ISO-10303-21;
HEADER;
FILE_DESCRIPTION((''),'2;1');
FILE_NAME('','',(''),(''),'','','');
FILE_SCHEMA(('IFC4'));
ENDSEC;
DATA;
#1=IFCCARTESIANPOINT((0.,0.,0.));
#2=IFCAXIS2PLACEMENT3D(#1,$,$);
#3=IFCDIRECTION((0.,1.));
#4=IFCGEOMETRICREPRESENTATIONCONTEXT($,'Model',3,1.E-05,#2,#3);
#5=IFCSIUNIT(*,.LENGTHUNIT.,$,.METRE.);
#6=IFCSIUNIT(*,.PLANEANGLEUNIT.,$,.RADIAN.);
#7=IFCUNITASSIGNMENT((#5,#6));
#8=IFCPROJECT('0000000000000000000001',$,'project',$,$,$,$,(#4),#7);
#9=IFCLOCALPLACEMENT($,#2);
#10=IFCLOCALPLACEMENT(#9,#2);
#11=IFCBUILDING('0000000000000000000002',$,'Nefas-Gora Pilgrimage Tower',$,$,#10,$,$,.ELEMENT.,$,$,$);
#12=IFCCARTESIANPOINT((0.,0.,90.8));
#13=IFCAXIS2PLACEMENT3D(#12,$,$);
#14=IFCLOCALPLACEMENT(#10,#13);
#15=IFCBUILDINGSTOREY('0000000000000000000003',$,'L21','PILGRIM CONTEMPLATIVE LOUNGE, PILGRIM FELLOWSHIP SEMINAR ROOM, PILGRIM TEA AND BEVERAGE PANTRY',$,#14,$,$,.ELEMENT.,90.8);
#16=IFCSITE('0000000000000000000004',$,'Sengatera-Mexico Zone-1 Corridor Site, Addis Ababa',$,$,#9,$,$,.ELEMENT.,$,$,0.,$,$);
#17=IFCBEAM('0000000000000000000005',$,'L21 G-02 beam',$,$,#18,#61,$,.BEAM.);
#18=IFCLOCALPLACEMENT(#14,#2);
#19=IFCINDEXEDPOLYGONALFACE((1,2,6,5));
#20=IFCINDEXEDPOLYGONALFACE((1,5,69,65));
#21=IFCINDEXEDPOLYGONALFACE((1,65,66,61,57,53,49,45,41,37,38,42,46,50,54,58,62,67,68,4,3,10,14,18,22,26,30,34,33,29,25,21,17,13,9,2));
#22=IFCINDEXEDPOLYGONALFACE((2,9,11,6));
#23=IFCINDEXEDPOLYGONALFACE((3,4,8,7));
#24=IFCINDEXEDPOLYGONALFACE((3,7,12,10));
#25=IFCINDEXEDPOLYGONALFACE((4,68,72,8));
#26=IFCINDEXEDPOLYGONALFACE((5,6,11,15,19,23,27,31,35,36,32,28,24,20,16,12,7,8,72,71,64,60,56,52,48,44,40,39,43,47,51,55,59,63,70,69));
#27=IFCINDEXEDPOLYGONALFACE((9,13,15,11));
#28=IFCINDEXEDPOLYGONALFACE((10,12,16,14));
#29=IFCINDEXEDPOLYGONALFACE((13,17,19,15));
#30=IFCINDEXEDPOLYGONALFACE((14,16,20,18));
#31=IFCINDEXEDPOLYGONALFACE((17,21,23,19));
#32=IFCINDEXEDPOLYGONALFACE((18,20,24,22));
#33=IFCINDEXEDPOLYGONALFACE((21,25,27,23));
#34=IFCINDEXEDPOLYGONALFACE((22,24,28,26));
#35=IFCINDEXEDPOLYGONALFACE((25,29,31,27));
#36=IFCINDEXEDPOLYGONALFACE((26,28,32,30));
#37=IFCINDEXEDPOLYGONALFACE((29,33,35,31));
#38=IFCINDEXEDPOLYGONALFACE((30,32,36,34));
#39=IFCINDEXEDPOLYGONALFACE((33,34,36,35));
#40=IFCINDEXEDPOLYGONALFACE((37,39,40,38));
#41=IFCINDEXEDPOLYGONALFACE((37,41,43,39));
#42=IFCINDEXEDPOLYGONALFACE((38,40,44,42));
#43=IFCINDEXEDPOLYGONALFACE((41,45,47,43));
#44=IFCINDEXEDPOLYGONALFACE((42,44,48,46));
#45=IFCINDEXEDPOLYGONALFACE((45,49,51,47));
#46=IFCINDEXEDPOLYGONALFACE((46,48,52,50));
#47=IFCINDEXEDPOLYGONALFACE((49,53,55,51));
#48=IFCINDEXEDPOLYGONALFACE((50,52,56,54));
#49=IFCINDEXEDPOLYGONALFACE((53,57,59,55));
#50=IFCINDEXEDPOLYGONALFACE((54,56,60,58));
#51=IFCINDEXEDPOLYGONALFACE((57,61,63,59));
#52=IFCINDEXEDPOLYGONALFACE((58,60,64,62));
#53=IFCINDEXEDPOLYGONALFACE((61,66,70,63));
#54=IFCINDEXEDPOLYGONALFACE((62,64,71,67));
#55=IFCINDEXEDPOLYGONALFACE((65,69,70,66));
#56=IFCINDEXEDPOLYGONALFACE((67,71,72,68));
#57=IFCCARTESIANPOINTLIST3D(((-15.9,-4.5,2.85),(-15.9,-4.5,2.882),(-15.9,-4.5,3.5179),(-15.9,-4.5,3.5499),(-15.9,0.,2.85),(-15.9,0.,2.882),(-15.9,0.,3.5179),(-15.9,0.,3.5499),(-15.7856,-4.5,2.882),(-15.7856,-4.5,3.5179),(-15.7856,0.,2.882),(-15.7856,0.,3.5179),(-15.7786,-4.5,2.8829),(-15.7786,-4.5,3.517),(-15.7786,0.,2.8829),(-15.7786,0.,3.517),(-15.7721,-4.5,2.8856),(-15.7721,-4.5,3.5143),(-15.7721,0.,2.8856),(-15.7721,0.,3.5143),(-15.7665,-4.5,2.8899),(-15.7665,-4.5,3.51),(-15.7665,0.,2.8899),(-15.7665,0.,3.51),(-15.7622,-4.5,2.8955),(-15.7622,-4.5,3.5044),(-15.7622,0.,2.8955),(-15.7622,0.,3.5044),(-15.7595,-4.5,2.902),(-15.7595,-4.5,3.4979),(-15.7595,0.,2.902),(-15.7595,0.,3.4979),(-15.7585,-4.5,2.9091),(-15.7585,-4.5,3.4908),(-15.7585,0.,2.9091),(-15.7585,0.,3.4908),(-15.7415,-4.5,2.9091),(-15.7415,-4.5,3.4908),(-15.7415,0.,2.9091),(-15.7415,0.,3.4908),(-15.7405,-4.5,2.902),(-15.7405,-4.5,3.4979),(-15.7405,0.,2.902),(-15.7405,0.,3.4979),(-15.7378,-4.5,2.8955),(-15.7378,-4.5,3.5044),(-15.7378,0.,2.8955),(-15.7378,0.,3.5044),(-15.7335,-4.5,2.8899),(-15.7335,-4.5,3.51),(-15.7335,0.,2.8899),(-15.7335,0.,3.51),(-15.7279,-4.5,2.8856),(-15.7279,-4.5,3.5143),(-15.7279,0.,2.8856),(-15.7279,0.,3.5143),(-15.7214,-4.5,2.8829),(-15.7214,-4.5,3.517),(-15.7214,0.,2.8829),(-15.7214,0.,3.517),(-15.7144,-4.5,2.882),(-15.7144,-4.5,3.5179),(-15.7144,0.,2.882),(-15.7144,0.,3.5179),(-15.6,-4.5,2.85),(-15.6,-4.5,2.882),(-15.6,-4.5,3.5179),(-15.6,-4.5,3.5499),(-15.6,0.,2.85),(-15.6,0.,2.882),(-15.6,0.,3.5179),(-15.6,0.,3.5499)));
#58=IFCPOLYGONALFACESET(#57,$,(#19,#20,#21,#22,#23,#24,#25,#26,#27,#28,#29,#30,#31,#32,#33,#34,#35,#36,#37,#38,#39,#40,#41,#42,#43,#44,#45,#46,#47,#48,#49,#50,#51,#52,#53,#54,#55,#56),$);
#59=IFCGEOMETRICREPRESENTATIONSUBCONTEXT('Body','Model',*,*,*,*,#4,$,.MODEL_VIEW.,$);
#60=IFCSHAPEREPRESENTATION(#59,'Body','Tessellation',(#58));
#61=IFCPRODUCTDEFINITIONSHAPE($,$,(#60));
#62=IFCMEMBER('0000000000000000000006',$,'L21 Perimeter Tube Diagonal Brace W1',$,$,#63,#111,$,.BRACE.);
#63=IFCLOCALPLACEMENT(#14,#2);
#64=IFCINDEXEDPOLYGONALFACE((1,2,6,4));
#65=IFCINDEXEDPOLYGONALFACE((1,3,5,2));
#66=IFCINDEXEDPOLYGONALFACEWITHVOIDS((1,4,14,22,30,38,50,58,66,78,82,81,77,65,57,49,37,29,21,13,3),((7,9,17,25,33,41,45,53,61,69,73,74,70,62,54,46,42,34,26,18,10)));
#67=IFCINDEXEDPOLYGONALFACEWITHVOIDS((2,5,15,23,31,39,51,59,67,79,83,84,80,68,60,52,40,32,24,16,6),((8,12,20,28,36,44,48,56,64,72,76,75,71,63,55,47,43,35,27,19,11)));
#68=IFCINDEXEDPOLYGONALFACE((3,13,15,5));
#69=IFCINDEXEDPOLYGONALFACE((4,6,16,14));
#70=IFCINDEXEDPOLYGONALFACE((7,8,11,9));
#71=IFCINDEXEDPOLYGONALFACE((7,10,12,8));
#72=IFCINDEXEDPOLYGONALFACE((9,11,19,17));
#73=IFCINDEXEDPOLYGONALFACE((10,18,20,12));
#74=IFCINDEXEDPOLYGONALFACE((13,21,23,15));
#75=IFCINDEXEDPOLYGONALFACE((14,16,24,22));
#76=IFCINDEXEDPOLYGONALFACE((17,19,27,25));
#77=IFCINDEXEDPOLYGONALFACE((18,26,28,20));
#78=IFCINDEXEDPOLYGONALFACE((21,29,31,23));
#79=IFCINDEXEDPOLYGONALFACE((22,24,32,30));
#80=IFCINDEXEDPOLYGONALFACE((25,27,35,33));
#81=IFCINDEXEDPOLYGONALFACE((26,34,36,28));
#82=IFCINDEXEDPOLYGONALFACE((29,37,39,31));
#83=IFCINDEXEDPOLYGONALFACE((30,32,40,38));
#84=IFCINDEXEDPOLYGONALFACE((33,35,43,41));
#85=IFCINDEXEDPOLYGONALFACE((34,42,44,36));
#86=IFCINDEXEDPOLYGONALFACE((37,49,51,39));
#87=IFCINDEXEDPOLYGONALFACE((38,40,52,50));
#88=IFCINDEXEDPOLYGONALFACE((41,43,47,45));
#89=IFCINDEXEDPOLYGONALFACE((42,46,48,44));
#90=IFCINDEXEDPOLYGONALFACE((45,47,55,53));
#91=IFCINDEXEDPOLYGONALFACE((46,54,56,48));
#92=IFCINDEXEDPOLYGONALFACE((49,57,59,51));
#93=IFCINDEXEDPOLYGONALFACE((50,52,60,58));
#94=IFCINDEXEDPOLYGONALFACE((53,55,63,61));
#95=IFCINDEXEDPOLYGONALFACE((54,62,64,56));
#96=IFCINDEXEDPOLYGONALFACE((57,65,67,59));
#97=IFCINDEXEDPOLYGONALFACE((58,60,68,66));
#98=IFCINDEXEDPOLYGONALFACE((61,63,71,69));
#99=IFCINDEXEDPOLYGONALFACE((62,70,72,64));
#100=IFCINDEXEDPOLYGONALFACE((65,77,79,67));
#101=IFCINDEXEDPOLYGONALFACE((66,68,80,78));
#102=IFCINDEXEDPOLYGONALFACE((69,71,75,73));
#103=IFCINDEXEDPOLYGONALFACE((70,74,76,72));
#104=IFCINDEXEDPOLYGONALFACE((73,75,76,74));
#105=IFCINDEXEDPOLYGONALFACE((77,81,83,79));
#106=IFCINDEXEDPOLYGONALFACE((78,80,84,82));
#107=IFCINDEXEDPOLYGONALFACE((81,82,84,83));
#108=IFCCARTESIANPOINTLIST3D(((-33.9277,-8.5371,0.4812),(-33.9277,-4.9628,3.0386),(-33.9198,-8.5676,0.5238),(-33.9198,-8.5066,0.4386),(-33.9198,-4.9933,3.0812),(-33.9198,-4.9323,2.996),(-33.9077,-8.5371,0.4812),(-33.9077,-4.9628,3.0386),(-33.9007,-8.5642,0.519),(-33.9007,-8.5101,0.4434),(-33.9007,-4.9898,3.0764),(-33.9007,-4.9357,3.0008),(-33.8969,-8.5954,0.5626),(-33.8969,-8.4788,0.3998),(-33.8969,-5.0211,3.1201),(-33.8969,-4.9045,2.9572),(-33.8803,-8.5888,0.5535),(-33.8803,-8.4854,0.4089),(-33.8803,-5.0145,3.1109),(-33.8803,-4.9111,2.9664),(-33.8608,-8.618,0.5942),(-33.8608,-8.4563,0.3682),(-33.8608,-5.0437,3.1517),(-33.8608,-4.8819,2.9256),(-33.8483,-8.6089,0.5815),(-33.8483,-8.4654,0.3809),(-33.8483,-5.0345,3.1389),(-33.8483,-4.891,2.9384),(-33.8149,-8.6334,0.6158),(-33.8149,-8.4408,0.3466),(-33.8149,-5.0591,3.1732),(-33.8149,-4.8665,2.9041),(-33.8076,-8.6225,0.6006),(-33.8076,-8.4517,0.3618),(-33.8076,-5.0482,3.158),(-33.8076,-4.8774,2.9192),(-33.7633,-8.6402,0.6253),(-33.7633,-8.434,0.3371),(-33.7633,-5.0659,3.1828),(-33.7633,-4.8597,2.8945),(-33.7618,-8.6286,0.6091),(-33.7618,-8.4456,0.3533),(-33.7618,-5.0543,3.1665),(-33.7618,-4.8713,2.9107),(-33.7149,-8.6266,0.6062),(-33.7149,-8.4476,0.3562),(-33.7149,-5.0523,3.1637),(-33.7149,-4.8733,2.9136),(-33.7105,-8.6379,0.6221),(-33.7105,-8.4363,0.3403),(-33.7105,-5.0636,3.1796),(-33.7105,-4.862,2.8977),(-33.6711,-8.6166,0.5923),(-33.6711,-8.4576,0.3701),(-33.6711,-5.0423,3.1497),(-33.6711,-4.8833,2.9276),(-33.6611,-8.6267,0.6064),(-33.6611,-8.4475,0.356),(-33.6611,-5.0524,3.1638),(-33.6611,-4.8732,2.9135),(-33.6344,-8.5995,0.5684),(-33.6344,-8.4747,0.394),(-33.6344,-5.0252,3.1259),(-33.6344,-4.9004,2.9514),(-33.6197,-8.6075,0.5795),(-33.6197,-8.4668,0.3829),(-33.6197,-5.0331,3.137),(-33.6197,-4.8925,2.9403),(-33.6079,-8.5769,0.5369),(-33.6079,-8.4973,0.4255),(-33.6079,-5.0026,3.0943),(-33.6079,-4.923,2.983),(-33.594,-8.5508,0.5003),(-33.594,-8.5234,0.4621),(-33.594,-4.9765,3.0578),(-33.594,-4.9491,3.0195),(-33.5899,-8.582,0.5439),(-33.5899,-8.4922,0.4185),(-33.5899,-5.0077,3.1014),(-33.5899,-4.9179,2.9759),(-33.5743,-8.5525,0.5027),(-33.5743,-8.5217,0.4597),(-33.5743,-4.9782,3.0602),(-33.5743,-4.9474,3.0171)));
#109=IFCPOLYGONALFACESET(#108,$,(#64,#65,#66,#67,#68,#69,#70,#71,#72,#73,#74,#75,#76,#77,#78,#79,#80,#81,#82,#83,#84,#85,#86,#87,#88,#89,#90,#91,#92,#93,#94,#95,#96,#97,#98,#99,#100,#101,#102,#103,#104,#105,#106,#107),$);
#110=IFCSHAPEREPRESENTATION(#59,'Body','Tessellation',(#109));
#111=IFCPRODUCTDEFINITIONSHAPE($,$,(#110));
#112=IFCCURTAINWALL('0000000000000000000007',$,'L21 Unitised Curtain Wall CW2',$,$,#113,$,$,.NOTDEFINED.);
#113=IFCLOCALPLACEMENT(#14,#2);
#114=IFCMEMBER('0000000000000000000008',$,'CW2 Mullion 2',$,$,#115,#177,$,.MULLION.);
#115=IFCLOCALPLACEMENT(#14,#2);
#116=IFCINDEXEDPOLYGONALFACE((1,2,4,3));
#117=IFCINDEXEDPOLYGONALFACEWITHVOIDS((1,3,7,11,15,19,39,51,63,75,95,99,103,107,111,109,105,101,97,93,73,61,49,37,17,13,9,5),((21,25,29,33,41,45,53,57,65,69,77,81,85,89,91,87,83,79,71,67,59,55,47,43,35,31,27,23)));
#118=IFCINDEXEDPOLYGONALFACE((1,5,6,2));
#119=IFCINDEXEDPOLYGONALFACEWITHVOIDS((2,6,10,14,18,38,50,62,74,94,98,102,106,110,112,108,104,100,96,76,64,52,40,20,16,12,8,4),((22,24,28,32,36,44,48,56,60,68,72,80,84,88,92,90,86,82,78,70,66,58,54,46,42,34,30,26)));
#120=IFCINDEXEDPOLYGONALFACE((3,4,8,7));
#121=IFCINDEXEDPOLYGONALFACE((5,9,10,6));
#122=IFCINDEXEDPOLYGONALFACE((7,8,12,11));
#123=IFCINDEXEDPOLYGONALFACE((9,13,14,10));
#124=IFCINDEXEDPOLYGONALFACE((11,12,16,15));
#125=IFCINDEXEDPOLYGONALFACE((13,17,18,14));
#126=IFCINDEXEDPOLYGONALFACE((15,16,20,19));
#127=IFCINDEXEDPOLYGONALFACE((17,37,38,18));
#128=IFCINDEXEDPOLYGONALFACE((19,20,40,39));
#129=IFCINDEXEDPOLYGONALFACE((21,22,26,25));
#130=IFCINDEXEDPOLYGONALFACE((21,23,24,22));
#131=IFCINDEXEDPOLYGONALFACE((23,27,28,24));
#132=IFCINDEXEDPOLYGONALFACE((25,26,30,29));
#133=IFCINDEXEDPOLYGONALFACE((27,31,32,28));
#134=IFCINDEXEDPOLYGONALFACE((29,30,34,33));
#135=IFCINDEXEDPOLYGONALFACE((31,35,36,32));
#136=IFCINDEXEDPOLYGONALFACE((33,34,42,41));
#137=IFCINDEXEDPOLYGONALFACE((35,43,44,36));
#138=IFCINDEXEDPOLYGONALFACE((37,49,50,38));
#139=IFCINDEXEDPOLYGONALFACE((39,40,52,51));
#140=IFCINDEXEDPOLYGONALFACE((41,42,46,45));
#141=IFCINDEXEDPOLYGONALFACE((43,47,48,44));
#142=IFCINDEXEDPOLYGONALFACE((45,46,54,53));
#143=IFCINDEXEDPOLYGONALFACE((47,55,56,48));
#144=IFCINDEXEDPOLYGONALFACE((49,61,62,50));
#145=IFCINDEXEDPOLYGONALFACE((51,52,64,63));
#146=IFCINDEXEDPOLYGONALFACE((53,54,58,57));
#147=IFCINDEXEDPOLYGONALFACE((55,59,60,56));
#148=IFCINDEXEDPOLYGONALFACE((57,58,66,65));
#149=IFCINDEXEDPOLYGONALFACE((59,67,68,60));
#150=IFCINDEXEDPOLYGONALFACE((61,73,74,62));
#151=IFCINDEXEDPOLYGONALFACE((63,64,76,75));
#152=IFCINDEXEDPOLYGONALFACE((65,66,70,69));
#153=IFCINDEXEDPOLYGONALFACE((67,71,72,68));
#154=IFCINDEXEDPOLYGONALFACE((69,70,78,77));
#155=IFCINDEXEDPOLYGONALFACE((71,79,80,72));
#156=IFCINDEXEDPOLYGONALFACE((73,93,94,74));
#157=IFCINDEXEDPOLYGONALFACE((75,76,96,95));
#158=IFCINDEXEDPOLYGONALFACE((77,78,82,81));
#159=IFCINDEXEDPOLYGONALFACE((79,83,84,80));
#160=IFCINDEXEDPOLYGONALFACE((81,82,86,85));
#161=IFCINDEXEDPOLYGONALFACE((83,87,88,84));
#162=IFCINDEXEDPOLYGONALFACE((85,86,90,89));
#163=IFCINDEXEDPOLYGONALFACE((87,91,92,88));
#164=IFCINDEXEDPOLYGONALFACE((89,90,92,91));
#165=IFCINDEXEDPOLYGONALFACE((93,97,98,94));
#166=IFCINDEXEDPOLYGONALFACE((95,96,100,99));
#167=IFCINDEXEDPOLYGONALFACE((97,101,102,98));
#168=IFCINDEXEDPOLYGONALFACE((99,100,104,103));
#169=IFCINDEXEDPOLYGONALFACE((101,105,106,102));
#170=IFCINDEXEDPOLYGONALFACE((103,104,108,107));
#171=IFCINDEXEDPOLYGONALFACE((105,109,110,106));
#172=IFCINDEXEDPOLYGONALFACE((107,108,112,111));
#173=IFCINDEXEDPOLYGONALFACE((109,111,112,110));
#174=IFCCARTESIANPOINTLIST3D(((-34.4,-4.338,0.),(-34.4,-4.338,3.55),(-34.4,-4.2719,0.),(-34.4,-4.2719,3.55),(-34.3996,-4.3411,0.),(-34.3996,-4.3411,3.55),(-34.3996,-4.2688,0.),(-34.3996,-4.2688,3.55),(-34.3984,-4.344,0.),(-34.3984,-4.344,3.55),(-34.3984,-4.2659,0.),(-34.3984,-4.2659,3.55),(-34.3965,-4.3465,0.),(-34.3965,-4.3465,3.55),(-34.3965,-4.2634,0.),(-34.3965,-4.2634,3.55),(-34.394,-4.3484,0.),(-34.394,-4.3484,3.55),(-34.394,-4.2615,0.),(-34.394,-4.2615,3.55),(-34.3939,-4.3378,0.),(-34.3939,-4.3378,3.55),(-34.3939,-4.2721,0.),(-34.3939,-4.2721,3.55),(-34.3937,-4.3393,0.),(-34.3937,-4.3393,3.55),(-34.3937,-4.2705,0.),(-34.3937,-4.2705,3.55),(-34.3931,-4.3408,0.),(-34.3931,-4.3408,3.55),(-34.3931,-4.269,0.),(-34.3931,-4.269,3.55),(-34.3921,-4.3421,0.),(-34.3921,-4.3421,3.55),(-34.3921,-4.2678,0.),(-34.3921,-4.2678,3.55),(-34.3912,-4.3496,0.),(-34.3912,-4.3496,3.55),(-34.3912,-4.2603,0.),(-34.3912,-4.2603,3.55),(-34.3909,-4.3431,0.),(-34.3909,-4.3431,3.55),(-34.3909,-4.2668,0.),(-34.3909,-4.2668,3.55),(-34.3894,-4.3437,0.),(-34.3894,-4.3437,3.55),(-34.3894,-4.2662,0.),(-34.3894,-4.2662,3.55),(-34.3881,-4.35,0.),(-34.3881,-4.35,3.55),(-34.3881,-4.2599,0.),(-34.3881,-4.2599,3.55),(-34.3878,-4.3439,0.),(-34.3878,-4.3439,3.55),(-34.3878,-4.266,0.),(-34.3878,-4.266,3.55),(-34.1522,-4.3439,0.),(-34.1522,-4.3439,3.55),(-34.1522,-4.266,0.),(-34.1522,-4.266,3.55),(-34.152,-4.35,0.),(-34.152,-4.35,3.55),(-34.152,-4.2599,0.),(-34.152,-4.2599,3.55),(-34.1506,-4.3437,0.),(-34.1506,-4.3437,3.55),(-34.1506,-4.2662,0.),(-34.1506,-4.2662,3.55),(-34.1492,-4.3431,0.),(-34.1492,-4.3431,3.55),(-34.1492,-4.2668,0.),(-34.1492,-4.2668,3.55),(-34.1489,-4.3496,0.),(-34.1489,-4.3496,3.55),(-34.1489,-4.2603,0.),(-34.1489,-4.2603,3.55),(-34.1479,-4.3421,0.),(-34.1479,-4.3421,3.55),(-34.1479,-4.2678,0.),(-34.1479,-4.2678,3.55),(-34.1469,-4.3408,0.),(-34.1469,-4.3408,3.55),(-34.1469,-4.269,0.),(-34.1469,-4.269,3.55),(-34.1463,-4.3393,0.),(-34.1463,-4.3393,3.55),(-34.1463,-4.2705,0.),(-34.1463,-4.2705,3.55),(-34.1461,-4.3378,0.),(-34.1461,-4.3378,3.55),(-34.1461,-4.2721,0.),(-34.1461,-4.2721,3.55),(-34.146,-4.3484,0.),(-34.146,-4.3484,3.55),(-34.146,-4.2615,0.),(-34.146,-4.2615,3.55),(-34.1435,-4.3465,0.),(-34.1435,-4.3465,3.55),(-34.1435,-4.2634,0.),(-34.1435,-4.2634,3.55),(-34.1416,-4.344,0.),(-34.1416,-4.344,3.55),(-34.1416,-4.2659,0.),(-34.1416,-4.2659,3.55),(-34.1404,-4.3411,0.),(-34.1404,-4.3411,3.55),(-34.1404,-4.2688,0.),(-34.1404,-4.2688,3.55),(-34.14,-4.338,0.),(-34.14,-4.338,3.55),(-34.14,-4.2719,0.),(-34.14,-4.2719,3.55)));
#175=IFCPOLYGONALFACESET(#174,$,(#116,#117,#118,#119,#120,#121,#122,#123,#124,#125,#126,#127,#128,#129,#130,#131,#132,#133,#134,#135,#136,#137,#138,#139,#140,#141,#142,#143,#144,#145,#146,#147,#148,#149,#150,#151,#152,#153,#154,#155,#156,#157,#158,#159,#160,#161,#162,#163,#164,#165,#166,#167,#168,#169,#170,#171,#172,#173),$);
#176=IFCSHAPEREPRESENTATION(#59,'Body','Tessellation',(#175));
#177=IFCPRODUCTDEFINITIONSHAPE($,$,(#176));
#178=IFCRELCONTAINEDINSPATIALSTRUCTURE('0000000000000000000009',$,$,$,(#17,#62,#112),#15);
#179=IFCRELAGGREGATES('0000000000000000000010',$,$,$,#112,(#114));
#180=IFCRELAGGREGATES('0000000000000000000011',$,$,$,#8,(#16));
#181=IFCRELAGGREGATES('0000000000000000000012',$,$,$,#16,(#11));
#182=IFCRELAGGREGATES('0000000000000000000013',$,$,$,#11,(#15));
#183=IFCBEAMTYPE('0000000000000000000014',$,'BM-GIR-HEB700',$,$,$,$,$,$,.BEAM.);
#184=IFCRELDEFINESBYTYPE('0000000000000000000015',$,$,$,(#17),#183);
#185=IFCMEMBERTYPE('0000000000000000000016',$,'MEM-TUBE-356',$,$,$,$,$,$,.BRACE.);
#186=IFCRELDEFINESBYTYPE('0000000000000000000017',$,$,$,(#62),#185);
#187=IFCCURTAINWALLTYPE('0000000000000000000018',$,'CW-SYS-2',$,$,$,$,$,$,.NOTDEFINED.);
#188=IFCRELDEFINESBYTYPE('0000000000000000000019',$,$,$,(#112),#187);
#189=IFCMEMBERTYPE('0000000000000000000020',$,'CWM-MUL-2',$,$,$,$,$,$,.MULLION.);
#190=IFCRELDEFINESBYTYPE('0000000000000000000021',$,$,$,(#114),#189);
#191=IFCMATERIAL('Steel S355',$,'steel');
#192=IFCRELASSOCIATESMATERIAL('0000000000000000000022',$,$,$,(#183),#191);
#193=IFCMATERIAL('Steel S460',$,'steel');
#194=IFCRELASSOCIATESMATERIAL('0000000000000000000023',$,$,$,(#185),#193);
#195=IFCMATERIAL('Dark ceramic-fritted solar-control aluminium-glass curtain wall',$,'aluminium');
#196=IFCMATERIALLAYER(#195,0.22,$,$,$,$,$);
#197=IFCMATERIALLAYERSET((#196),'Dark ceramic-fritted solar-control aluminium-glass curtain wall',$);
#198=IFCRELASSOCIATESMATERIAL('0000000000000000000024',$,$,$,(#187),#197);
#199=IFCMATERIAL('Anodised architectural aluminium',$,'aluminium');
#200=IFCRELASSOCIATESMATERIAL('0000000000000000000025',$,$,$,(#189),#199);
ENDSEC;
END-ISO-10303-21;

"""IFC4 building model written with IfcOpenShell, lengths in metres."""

from ifc_helpers import new_model, si_unit, direction, frame, origin, origin_2d, place, context, subcontext, project, spatial, hollow_rectangle, hollow_circle, i_section, extrude, source, transform, mapped, material, layer, layer_set, material_profile, profile_set, type_object, element, aggregate, save


model = new_model("IFC4")

# Units and contexts
model_context = context("Model", 3, precision=1e-05, world=origin(), true_north=direction((0.0, 1.0)))
body_context = subcontext(model_context, "Body", "Model", "MODEL_VIEW")
ifc_project = project(units=[si_unit("LENGTHUNIT", "METRE"), si_unit("PLANEANGLEUNIT", "RADIAN")], contexts=[model_context])

# Site, building, storey
site_placement = place(None, origin())
site = spatial("IfcSite", under=ifc_project, at=site_placement, Name="Sengatera-Mexico Zone-1 Corridor Site, Addis Ababa", CompositionType="ELEMENT", RefElevation=0.0)
building_placement = place(site_placement, origin())
building = spatial("IfcBuilding", under=site, at=building_placement, Name="Nefas-Gora Pilgrimage Tower", CompositionType="ELEMENT")
storey_placement = place(building_placement, frame((0.0, 0.0, 90.8)))
storey = spatial("IfcBuildingStorey", under=building, at=storey_placement, Name="L21", Description="PILGRIM CONTEMPLATIVE LOUNGE, PILGRIM FELLOWSHIP SEMINAR ROOM, PILGRIM TEA AND BEVERAGE PANTRY", CompositionType="ELEMENT", Elevation=90.8)

# Shared definitions
ifc_material_1 = material(Name="Steel S460", Category="steel")

# Beam
ifc_material_2 = material(Name="Steel S355", Category="steel")
ifc_material_profile_1 = material_profile(ifc_material_2, i_section(OverallWidth=0.3, OverallDepth=0.7, WebThickness=0.0171, FlangeThickness=0.032, FilletRadius=0.0271, at=origin_2d()), Name="HEB 700")
ifc_profile_set_1 = profile_set([ifc_material_profile_1], Name="Steel S355")
beam_type_1 = type_object("IfcBeamType", Name="BM-GIR-HEB700", PredefinedType="BEAM", material=ifc_profile_set_1)
shared_shape_1 = source(origin(), body_context, "Body", "SweptSolid", [
    extrude(i_section(OverallWidth=0.3, OverallDepth=0.7, WebThickness=0.0171, FlangeThickness=0.032, FilletRadius=0.0271, at=origin_2d()), origin(), (0.0, 0.0, 1.0), 4.5),
])
for number, where, z_axis, x_axis, name in (
    (1, (-15.75, -4.5, 3.2), (0.0, 1.0, 0.0), (-1.0, 0.0, 0.0), "L21 G-02 beam"),
):
    element("IfcBeam", number, at=place(storey_placement, frame(where, z_axis=z_axis, x_axis=x_axis)), inside=storey, type_object=beam_type_1, Name=name, PredefinedType="BEAM", context=body_context, shape_type="MappedRepresentation", body=[
        mapped(shared_shape_1, transform((0.0, 0.0, 0.0), x_axis=(1.0, 0.0, 0.0), y_axis=(0.0, 1.0, 0.0), z_axis=(0.0, 0.0, 1.0), scale=1.0)),
    ])

# Member
ifc_material_profile_2 = material_profile(ifc_material_1, hollow_circle(Radius=0.1777, WallThickness=0.02, at=origin_2d()), Name="CHS 355.6x20")
ifc_profile_set_2 = profile_set([ifc_material_profile_2], Name="Steel S460")
member_type_1 = type_object("IfcMemberType", Name="MEM-TUBE-356", PredefinedType="BRACE", material=ifc_profile_set_2)
shared_shape_2 = source(origin(), body_context, "Body", "SweptSolid", [
    extrude(hollow_circle(Radius=0.1777, WallThickness=0.02, at=origin_2d()), origin(), (0.0, 0.0, 1.0), 4.395),
])
member_1_placement = place(storey_placement, frame((-33.75, -8.5371, 0.4812), z_axis=(0.0, 0.813264, 0.581895), x_axis=(-1.0, 0.0, 0.0)))
element("IfcMember", 2, at=member_1_placement, inside=storey, type_object=member_type_1, Name="L21 Perimeter Tube Diagonal Brace W1", PredefinedType="BRACE", context=body_context, shape_type="MappedRepresentation", body=[
    mapped(shared_shape_2, transform((0.0, 0.0, 0.0), x_axis=(1.0, 0.0, 0.0), y_axis=(0.0, 1.0, 0.0), z_axis=(0.0, 0.0, 1.0), scale=1.0)),
])

# Curtain wall, member
ifc_material_3 = material(Name="Dark ceramic-fritted solar-control aluminium-glass curtain wall", Category="aluminium")
ifc_layer_1 = layer(ifc_material_3, 0.22)
ifc_layer_set_1 = layer_set([ifc_layer_1], Name="Dark ceramic-fritted solar-control aluminium-glass curtain wall")
curtain_wall_type = type_object("IfcCurtainWallType", Name="CW-SYS-2", PredefinedType="NOTDEFINED", material=ifc_layer_set_1)
curtain_wall_1_placement = place(storey_placement, origin())
curtain_wall_1 = element("IfcCurtainWall", 3, at=curtain_wall_1_placement, inside=storey, type_object=curtain_wall_type, Name="L21 Unitised Curtain Wall CW2", PredefinedType="NOTDEFINED")
ifc_material_4 = material(Name="Anodised architectural aluminium", Category="aluminium")
ifc_material_profile_3 = material_profile(ifc_material_4, hollow_rectangle(XDim=0.0901, YDim=0.26, WallThickness=0.0061, InnerFilletRadius=0.0061, OuterFilletRadius=0.012, at=origin_2d()), Name="ALU MULLION 90x260")
ifc_profile_set_3 = profile_set([ifc_material_profile_3], Name="Anodised architectural aluminium")
member_type_2 = type_object("IfcMemberType", Name="CWM-MUL-2", PredefinedType="MULLION", material=ifc_profile_set_3)
shared_shape_3 = source(origin(), body_context, "Body", "SweptSolid", [
    extrude(hollow_rectangle(XDim=0.0901, YDim=0.26, WallThickness=0.0061, InnerFilletRadius=0.0061, OuterFilletRadius=0.012, at=origin_2d()), origin(), (0.0, 0.0, 1.0), 3.55),
])
member_2_placement = place(storey_placement, frame((-34.27, -4.3049, 0.0), z_axis=(0.0, 0.0, 1.0), x_axis=(0.0, -1.0, 0.0)))
member_2 = element("IfcMember", 4, at=member_2_placement, type_object=member_type_2, Name="CW2 Mullion 2", PredefinedType="MULLION", context=body_context, shape_type="MappedRepresentation", body=[
    mapped(shared_shape_3, transform((0.0, 0.0, 0.0), x_axis=(1.0, 0.0, 0.0), y_axis=(0.0, 1.0, 0.0), z_axis=(0.0, 0.0, 1.0), scale=1.0)),
])

aggregate(curtain_wall_1, [member_2])

save(model, "model.ifc")
